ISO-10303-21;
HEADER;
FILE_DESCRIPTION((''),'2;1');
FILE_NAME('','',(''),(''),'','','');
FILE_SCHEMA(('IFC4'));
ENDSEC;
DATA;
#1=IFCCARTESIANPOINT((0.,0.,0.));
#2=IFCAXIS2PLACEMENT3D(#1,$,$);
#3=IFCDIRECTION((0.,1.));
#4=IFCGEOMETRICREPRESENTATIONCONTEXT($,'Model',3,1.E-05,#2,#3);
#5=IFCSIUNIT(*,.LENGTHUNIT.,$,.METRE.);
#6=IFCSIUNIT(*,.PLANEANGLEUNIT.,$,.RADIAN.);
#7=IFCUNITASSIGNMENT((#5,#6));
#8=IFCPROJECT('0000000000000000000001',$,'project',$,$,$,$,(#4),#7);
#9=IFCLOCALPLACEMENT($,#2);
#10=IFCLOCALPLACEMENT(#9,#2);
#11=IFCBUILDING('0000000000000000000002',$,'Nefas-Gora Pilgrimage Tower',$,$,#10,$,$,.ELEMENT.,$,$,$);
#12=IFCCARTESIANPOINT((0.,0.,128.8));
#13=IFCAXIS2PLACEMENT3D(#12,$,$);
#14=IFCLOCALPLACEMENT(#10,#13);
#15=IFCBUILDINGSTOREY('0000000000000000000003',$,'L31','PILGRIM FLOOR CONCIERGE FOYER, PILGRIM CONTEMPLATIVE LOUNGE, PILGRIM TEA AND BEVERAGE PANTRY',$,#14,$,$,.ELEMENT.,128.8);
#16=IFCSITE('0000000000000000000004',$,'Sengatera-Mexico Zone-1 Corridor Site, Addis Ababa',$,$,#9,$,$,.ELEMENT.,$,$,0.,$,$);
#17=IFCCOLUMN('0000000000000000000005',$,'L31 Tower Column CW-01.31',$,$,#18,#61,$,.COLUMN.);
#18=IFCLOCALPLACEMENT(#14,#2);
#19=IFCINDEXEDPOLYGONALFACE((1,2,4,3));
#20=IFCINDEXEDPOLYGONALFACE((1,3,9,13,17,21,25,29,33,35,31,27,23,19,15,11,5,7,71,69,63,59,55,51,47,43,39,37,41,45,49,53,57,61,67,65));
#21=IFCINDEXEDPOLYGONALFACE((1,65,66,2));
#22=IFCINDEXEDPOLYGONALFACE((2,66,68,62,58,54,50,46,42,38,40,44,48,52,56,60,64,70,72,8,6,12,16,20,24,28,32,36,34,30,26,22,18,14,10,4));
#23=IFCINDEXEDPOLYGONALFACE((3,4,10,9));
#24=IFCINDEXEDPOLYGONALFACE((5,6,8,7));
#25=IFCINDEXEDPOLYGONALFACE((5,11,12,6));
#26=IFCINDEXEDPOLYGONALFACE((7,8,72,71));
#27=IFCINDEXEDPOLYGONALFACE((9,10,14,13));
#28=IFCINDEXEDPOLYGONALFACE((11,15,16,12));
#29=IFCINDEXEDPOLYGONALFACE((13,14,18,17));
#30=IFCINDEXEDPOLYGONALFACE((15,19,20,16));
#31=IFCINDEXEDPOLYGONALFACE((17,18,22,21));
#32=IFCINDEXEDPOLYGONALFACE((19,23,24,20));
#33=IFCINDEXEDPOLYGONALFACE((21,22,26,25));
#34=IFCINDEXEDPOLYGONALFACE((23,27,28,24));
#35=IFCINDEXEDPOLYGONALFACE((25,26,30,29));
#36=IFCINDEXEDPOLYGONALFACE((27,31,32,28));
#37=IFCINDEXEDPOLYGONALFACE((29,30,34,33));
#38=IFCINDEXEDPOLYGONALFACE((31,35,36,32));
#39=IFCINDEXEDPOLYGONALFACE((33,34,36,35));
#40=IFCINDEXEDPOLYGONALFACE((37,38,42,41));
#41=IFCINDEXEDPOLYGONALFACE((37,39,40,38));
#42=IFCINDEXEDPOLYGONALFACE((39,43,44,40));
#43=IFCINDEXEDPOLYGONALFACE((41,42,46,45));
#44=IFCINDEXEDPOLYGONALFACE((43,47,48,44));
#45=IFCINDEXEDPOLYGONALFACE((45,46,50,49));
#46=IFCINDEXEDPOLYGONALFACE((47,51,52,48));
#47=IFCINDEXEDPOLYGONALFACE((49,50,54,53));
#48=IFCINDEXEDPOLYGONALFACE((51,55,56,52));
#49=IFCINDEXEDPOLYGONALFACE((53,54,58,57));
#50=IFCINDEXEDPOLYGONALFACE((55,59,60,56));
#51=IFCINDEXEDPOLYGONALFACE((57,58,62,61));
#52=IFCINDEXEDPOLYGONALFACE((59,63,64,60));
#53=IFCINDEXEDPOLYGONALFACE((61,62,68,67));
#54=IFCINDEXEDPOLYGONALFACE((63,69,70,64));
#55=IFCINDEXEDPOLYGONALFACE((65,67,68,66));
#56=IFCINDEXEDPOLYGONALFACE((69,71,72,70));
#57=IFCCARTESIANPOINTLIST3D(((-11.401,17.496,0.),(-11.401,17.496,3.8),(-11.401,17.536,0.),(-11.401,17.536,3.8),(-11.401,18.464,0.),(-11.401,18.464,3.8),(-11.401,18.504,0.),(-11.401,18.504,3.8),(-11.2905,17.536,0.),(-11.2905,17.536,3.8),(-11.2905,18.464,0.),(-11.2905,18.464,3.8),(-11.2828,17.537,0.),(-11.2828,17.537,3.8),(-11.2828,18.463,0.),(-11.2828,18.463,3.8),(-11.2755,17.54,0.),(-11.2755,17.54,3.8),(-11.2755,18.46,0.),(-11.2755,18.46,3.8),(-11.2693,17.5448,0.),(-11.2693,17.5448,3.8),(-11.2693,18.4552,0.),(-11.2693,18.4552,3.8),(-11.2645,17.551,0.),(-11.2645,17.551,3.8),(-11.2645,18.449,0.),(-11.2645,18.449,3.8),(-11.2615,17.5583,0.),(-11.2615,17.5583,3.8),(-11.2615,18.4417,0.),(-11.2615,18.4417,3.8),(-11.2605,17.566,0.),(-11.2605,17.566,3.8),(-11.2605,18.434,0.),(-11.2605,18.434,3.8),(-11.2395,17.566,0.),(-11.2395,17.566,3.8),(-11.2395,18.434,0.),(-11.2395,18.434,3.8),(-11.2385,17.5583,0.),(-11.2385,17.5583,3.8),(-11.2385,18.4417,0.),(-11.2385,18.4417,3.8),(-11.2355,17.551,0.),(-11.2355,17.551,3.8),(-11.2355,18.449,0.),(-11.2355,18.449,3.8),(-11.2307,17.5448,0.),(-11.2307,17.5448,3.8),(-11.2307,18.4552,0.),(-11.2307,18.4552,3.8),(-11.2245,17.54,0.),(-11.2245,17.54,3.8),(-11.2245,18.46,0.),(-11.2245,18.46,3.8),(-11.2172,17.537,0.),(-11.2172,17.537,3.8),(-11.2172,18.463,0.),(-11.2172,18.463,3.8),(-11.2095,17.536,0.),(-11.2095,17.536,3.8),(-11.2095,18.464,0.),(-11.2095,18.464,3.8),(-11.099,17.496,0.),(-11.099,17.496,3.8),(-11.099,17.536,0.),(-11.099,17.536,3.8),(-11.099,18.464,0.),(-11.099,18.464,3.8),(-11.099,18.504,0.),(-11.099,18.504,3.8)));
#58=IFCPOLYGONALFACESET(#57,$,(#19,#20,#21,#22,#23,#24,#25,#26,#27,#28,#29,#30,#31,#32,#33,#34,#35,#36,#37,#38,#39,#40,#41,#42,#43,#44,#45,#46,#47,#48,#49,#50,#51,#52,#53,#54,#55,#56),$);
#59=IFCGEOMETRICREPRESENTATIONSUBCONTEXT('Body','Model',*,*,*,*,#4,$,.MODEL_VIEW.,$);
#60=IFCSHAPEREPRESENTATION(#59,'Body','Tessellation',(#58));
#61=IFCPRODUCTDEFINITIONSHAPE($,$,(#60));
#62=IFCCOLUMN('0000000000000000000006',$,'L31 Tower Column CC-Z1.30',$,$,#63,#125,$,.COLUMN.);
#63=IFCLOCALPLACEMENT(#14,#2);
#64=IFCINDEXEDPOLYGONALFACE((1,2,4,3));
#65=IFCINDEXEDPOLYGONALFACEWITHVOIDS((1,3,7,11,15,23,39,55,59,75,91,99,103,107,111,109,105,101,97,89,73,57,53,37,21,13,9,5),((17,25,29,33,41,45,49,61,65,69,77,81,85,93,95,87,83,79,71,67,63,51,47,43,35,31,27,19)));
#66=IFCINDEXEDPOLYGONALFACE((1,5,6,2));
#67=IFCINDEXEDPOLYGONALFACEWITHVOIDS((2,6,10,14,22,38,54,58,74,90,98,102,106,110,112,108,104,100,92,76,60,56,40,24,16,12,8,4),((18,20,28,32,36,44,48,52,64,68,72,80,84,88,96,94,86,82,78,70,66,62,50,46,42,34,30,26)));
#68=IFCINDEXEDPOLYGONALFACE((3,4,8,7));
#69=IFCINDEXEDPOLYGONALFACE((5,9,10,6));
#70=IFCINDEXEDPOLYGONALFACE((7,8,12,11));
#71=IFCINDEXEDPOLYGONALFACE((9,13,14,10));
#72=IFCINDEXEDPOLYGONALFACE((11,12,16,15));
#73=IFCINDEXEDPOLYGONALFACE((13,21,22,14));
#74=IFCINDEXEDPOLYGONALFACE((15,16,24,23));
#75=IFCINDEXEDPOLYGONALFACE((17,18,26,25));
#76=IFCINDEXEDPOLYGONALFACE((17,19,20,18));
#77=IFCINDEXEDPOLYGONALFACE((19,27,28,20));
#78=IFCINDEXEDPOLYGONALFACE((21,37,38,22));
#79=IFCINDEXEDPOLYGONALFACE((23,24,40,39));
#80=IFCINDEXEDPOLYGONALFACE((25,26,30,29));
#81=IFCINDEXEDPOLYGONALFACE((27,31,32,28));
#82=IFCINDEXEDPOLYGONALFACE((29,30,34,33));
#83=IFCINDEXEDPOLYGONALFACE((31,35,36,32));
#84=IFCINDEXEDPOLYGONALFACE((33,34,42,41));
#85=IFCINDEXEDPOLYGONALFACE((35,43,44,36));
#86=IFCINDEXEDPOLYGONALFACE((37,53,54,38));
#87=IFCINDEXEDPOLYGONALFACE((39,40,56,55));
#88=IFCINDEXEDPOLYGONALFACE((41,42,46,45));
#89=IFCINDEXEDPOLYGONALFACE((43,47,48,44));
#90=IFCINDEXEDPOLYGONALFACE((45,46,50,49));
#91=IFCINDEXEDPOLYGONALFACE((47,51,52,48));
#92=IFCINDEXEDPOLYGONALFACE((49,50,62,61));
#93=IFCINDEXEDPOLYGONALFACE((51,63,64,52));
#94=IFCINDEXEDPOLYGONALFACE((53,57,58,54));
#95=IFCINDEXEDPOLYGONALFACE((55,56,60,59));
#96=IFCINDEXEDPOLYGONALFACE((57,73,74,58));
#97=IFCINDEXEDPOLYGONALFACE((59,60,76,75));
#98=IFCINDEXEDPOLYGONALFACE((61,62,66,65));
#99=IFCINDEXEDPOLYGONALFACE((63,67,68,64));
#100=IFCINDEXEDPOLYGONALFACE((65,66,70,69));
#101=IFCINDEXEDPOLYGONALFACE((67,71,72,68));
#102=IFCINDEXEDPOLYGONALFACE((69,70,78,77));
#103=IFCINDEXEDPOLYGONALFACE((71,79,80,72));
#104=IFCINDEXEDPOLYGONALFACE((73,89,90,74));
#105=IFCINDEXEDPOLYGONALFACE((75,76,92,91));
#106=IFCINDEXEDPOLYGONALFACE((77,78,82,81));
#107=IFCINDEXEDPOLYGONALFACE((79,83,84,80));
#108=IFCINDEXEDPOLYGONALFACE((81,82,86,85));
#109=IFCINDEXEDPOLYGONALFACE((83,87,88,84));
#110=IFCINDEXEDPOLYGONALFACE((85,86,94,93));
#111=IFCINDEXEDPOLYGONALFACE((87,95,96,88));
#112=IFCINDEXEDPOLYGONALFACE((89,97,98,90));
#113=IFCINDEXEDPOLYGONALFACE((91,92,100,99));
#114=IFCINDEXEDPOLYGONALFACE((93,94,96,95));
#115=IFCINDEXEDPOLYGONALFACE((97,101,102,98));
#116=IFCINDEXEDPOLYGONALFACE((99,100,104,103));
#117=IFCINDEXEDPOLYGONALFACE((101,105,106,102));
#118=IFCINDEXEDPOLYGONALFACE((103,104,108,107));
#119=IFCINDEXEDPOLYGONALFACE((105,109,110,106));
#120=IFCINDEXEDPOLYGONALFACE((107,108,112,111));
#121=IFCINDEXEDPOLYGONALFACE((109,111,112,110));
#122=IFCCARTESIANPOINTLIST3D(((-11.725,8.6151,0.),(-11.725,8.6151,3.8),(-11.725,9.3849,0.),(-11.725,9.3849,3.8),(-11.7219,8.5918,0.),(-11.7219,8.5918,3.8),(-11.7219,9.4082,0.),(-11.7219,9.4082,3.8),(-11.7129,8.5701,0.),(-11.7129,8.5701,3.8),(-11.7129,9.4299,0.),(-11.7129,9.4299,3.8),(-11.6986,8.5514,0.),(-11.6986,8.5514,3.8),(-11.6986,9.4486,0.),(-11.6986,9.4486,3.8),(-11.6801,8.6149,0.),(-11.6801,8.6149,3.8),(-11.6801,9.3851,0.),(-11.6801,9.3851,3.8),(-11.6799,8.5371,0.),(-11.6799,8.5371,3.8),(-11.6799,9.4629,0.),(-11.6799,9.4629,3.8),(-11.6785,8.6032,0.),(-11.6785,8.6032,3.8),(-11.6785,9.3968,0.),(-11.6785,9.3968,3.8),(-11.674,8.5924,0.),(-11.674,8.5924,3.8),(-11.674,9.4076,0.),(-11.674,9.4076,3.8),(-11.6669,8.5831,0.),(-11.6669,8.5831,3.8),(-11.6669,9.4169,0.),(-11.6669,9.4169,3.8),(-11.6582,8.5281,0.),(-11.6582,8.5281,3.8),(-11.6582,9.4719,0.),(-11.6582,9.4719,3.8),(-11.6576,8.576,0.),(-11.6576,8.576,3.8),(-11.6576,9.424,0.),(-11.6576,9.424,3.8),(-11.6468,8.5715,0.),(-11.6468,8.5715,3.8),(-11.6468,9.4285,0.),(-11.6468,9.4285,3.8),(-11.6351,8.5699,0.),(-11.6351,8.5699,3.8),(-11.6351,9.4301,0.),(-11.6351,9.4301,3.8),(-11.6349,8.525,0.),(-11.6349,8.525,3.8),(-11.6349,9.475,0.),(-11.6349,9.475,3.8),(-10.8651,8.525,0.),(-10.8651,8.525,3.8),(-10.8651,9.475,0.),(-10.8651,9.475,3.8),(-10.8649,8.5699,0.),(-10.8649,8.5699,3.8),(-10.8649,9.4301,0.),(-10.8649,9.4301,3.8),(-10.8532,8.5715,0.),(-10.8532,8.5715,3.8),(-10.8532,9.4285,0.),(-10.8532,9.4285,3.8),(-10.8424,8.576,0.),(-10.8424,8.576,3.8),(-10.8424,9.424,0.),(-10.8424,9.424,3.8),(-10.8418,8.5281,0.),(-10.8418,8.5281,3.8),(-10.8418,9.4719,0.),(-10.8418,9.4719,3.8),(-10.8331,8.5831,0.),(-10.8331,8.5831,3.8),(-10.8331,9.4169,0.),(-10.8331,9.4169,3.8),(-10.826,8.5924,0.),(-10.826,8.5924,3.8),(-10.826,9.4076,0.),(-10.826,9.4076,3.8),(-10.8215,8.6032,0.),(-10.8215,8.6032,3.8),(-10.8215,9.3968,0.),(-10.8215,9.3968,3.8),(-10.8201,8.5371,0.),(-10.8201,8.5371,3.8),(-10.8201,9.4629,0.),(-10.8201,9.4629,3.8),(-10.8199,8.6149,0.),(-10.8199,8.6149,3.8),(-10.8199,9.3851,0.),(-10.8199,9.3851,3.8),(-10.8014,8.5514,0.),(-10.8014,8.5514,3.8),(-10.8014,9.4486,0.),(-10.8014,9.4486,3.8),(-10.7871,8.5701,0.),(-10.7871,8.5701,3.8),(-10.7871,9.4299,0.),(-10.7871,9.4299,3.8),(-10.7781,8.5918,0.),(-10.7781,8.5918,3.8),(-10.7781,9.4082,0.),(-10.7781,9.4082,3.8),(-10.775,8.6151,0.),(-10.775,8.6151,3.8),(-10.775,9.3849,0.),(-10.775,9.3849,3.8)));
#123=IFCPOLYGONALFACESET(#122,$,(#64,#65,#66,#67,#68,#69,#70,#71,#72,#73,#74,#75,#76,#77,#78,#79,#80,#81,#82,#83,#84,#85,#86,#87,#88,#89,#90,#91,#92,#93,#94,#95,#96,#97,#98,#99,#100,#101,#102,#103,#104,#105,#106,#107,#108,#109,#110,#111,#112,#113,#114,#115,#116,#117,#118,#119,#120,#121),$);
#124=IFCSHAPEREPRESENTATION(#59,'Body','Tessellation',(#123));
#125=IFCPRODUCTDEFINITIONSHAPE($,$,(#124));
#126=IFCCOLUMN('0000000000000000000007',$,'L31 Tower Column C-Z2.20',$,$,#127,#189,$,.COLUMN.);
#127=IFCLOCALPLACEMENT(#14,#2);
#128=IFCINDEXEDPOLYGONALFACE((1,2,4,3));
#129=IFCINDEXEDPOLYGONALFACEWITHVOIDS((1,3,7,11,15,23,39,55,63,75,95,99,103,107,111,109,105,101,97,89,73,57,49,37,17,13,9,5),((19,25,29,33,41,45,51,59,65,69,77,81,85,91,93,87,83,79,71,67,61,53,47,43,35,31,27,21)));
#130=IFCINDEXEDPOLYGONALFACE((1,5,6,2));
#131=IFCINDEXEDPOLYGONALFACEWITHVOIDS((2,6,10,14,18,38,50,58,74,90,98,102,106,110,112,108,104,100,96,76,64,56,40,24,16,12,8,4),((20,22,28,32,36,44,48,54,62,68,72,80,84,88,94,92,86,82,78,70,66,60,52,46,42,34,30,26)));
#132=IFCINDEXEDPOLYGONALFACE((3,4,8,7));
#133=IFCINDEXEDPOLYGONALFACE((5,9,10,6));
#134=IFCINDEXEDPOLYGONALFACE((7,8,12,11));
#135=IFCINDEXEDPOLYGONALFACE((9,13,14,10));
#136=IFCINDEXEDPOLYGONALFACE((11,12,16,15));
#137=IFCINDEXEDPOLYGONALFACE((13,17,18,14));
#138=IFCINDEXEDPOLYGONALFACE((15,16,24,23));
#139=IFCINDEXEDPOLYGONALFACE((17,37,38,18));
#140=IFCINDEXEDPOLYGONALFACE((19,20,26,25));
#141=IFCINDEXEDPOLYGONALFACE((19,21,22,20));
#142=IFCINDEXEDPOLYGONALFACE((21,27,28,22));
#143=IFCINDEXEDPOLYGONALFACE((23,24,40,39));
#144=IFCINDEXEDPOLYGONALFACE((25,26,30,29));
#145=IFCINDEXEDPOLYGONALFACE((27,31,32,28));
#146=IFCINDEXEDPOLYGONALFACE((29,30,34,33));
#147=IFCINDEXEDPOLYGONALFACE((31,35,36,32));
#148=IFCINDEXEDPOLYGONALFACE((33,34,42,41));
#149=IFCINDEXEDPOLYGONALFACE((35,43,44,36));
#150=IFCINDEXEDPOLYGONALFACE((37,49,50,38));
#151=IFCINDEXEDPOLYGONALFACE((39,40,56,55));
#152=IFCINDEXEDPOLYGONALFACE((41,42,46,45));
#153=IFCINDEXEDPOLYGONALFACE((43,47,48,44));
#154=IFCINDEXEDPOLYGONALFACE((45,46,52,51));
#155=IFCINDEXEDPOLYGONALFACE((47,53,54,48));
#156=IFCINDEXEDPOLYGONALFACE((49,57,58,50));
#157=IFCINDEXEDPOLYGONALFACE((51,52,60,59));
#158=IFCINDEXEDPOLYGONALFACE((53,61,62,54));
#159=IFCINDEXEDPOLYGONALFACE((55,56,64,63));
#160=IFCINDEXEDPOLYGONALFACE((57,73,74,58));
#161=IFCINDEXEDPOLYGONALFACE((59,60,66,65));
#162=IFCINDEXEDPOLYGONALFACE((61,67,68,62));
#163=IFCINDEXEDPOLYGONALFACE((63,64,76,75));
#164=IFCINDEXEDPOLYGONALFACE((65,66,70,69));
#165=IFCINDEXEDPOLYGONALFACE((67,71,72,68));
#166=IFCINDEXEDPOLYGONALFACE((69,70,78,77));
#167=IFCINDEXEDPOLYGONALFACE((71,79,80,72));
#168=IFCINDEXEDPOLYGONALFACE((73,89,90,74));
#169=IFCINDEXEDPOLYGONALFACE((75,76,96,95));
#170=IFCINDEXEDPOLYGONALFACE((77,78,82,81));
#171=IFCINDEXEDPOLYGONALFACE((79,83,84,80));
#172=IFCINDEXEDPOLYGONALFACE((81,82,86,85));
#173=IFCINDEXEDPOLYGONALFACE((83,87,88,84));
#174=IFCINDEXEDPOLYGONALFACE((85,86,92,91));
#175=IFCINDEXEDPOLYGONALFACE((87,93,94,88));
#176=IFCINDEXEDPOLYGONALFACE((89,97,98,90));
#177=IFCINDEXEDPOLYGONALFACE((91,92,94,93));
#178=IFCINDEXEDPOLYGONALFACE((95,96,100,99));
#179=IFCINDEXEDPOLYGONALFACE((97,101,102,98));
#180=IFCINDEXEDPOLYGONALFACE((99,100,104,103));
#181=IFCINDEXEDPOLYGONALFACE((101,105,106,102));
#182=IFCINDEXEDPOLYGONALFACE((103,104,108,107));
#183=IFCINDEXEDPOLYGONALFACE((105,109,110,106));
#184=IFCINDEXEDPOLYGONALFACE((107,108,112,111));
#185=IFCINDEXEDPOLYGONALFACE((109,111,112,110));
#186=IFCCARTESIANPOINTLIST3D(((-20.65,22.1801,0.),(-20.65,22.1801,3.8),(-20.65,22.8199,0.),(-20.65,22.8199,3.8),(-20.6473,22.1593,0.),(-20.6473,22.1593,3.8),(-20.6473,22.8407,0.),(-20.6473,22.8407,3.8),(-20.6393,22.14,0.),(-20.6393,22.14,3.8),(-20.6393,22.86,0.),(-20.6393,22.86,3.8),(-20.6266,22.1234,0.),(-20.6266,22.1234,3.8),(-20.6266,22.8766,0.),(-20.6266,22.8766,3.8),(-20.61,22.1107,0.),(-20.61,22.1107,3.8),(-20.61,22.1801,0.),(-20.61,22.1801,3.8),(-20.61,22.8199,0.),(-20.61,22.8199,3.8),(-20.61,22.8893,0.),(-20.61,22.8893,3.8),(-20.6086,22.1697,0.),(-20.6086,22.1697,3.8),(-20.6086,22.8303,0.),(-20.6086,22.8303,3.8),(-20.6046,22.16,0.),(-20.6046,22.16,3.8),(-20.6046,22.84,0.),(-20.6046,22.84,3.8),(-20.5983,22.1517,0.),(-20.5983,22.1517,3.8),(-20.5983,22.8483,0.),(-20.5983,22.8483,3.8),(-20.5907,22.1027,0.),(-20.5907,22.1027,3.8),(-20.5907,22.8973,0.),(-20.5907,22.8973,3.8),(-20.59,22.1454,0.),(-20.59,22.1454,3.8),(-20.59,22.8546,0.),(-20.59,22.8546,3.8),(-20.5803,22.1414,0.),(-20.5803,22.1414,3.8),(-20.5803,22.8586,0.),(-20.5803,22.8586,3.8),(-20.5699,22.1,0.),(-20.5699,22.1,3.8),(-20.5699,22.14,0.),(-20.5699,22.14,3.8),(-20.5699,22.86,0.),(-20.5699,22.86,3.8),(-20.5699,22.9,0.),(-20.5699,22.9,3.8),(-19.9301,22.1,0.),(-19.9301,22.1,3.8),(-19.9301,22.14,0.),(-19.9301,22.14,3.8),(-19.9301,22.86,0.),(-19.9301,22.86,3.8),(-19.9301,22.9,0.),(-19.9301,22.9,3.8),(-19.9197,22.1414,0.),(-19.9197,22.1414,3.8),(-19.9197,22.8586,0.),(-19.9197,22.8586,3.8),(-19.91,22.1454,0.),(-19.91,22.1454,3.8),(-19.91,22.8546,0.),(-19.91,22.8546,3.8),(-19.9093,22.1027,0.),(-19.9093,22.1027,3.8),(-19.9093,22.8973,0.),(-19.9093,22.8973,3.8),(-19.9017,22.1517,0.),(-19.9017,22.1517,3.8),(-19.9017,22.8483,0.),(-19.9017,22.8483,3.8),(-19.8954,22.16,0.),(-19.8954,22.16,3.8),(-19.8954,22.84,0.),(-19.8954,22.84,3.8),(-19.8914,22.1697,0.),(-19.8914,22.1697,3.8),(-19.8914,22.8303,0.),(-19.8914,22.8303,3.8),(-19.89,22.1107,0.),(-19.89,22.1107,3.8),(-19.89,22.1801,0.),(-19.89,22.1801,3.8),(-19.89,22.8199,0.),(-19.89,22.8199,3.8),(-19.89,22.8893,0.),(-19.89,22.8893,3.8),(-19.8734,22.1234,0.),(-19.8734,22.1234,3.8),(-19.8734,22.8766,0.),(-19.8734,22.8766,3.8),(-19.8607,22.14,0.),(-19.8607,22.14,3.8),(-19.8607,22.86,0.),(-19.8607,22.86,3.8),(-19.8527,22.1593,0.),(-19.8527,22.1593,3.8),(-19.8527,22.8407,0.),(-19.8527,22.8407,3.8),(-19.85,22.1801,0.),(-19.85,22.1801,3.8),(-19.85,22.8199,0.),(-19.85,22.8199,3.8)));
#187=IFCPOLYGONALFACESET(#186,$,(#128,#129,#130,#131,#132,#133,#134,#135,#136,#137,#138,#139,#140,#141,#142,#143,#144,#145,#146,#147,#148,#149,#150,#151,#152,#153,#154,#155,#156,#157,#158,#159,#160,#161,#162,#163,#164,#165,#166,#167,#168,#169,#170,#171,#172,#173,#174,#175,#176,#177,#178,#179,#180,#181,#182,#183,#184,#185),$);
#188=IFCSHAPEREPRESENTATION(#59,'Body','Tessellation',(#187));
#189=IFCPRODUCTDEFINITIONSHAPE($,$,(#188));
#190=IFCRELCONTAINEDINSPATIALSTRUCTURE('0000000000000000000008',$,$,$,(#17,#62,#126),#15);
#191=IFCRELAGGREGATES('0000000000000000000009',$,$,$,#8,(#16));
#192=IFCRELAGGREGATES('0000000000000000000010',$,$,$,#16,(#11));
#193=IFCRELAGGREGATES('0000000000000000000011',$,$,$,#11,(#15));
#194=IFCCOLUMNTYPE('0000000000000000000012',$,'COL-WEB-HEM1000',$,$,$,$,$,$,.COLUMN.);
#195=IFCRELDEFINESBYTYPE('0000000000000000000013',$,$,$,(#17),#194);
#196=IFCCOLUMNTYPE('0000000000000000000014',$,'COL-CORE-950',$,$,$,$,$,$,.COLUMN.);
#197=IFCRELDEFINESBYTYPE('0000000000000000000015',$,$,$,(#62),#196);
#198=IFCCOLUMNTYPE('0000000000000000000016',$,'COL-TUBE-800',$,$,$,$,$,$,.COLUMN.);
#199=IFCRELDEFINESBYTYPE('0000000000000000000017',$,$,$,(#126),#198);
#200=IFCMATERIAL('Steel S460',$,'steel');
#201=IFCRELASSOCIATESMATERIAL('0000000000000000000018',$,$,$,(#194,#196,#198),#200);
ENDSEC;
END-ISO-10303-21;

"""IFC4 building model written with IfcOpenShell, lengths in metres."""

from ifc_helpers import new_model, si_unit, direction, frame, origin, origin_2d, place, context, subcontext, project, spatial, hollow_rectangle, i_section, extrude, source, transform, mapped, material, material_profile, profile_set, type_object, element, save


model = new_model("IFC4")

# Units and contexts
model_context = context("Model", 3, precision=1e-05, world=origin(), true_north=direction((0.0, 1.0)))
body_context = subcontext(model_context, "Body", "Model", "MODEL_VIEW")
ifc_project = project(units=[si_unit("LENGTHUNIT", "METRE"), si_unit("PLANEANGLEUNIT", "RADIAN")], contexts=[model_context])

# Site, building, storey
site_placement = place(None, origin())
site = spatial("IfcSite", under=ifc_project, at=site_placement, Name="Sengatera-Mexico Zone-1 Corridor Site, Addis Ababa", CompositionType="ELEMENT", RefElevation=0.0)
building_placement = place(site_placement, origin())
building = spatial("IfcBuilding", under=site, at=building_placement, Name="Nefas-Gora Pilgrimage Tower", CompositionType="ELEMENT")
storey_placement = place(building_placement, frame((0.0, 0.0, 128.8)))
storey = spatial("IfcBuildingStorey", under=building, at=storey_placement, Name="L31", Description="PILGRIM FLOOR CONCIERGE FOYER, PILGRIM CONTEMPLATIVE LOUNGE, PILGRIM TEA AND BEVERAGE PANTRY", CompositionType="ELEMENT", Elevation=128.8)

# Columns
ifc_material_1 = material(Name="Steel S460", Category="steel")
ifc_material_profile_1 = material_profile(ifc_material_1, i_section(OverallWidth=0.302, OverallDepth=1.0081, WebThickness=0.021, FlangeThickness=0.04, FilletRadius=0.03, at=origin_2d()), Name="HEM 1000")
ifc_profile_set_1 = profile_set([ifc_material_profile_1], Name="Steel S460")
column_type_1 = type_object("IfcColumnType", Name="COL-WEB-HEM1000", PredefinedType="COLUMN", material=ifc_profile_set_1)
shared_shape_1 = source(origin(), body_context, "Body", "SweptSolid", [
    extrude(i_section(OverallWidth=0.302, OverallDepth=1.0081, WebThickness=0.021, FlangeThickness=0.04, FilletRadius=0.03, at=origin_2d()), origin(), (0.0, 0.0, 1.0), 3.8),
])
for number, where, z_axis, x_axis, name in (
    (1, (-11.25, 18.0, 0.0), (0.0, 0.0, 1.0), (1.0, 0.0, 0.0), "L31 Tower Column CW-01.31"),
):
    element("IfcColumn", number, at=place(storey_placement, frame(where, z_axis=z_axis, x_axis=x_axis)), inside=storey, type_object=column_type_1, Name=name, PredefinedType="COLUMN", context=body_context, shape_type="MappedRepresentation", body=[
        mapped(shared_shape_1, transform((0.0, 0.0, 0.0), x_axis=(1.0, 0.0, 0.0), y_axis=(0.0, 1.0, 0.0), z_axis=(0.0, 0.0, 1.0), scale=1.0)),
    ])
ifc_material_profile_2 = material_profile(ifc_material_1, hollow_rectangle(XDim=0.95, YDim=0.95, WallThickness=0.0449, InnerFilletRadius=0.0449, OuterFilletRadius=0.0901, at=origin_2d()), Name="BOX 950x950x45")
ifc_profile_set_2 = profile_set([ifc_material_profile_2], Name="Steel S460")
column_type_2 = type_object("IfcColumnType", Name="COL-CORE-950", PredefinedType="COLUMN", material=ifc_profile_set_2)
shared_shape_2 = source(origin(), body_context, "Body", "SweptSolid", [
    extrude(hollow_rectangle(XDim=0.95, YDim=0.95, WallThickness=0.0449, InnerFilletRadius=0.0449, OuterFilletRadius=0.0901, at=origin_2d()), origin(), (0.0, 0.0, 1.0), 3.8),
])
column_1_placement = place(storey_placement, frame((-11.25, 9.0, 0.0), z_axis=(0.0, 0.0, 1.0), x_axis=(1.0, 0.0, 0.0)))
element("IfcColumn", 2, at=column_1_placement, inside=storey, type_object=column_type_2, Name="L31 Tower Column CC-Z1.30", PredefinedType="COLUMN", context=body_context, shape_type="MappedRepresentation", body=[
    mapped(shared_shape_2, transform((0.0, 0.0, 0.0), x_axis=(1.0, 0.0, 0.0), y_axis=(0.0, 1.0, 0.0), z_axis=(0.0, 0.0, 1.0), scale=1.0)),
])
ifc_material_profile_3 = material_profile(ifc_material_1, hollow_rectangle(XDim=0.8, YDim=0.8, WallThickness=0.04, InnerFilletRadius=0.04, OuterFilletRadius=0.0801, at=origin_2d()), Name="BOX 800x800x40")
ifc_profile_set_3 = profile_set([ifc_material_profile_3], Name="Steel S460")
column_type_3 = type_object("IfcColumnType", Name="COL-TUBE-800", PredefinedType="COLUMN", material=ifc_profile_set_3)
shared_shape_3 = source(origin(), body_context, "Body", "SweptSolid", [
    extrude(hollow_rectangle(XDim=0.8, YDim=0.8, WallThickness=0.04, InnerFilletRadius=0.04, OuterFilletRadius=0.0801, at=origin_2d()), origin(), (0.0, 0.0, 1.0), 3.8),
])
column_2_placement = place(storey_placement, frame((-20.25, 22.5, 0.0), z_axis=(0.0, 0.0, 1.0), x_axis=(1.0, 0.0, 0.0)))
element("IfcColumn", 3, at=column_2_placement, inside=storey, type_object=column_type_3, Name="L31 Tower Column C-Z2.20", PredefinedType="COLUMN", context=body_context, shape_type="MappedRepresentation", body=[
    mapped(shared_shape_3, transform((0.0, 0.0, 0.0), x_axis=(1.0, 0.0, 0.0), y_axis=(0.0, 1.0, 0.0), z_axis=(0.0, 0.0, 1.0), scale=1.0)),
])

save(model, "model.ifc")
